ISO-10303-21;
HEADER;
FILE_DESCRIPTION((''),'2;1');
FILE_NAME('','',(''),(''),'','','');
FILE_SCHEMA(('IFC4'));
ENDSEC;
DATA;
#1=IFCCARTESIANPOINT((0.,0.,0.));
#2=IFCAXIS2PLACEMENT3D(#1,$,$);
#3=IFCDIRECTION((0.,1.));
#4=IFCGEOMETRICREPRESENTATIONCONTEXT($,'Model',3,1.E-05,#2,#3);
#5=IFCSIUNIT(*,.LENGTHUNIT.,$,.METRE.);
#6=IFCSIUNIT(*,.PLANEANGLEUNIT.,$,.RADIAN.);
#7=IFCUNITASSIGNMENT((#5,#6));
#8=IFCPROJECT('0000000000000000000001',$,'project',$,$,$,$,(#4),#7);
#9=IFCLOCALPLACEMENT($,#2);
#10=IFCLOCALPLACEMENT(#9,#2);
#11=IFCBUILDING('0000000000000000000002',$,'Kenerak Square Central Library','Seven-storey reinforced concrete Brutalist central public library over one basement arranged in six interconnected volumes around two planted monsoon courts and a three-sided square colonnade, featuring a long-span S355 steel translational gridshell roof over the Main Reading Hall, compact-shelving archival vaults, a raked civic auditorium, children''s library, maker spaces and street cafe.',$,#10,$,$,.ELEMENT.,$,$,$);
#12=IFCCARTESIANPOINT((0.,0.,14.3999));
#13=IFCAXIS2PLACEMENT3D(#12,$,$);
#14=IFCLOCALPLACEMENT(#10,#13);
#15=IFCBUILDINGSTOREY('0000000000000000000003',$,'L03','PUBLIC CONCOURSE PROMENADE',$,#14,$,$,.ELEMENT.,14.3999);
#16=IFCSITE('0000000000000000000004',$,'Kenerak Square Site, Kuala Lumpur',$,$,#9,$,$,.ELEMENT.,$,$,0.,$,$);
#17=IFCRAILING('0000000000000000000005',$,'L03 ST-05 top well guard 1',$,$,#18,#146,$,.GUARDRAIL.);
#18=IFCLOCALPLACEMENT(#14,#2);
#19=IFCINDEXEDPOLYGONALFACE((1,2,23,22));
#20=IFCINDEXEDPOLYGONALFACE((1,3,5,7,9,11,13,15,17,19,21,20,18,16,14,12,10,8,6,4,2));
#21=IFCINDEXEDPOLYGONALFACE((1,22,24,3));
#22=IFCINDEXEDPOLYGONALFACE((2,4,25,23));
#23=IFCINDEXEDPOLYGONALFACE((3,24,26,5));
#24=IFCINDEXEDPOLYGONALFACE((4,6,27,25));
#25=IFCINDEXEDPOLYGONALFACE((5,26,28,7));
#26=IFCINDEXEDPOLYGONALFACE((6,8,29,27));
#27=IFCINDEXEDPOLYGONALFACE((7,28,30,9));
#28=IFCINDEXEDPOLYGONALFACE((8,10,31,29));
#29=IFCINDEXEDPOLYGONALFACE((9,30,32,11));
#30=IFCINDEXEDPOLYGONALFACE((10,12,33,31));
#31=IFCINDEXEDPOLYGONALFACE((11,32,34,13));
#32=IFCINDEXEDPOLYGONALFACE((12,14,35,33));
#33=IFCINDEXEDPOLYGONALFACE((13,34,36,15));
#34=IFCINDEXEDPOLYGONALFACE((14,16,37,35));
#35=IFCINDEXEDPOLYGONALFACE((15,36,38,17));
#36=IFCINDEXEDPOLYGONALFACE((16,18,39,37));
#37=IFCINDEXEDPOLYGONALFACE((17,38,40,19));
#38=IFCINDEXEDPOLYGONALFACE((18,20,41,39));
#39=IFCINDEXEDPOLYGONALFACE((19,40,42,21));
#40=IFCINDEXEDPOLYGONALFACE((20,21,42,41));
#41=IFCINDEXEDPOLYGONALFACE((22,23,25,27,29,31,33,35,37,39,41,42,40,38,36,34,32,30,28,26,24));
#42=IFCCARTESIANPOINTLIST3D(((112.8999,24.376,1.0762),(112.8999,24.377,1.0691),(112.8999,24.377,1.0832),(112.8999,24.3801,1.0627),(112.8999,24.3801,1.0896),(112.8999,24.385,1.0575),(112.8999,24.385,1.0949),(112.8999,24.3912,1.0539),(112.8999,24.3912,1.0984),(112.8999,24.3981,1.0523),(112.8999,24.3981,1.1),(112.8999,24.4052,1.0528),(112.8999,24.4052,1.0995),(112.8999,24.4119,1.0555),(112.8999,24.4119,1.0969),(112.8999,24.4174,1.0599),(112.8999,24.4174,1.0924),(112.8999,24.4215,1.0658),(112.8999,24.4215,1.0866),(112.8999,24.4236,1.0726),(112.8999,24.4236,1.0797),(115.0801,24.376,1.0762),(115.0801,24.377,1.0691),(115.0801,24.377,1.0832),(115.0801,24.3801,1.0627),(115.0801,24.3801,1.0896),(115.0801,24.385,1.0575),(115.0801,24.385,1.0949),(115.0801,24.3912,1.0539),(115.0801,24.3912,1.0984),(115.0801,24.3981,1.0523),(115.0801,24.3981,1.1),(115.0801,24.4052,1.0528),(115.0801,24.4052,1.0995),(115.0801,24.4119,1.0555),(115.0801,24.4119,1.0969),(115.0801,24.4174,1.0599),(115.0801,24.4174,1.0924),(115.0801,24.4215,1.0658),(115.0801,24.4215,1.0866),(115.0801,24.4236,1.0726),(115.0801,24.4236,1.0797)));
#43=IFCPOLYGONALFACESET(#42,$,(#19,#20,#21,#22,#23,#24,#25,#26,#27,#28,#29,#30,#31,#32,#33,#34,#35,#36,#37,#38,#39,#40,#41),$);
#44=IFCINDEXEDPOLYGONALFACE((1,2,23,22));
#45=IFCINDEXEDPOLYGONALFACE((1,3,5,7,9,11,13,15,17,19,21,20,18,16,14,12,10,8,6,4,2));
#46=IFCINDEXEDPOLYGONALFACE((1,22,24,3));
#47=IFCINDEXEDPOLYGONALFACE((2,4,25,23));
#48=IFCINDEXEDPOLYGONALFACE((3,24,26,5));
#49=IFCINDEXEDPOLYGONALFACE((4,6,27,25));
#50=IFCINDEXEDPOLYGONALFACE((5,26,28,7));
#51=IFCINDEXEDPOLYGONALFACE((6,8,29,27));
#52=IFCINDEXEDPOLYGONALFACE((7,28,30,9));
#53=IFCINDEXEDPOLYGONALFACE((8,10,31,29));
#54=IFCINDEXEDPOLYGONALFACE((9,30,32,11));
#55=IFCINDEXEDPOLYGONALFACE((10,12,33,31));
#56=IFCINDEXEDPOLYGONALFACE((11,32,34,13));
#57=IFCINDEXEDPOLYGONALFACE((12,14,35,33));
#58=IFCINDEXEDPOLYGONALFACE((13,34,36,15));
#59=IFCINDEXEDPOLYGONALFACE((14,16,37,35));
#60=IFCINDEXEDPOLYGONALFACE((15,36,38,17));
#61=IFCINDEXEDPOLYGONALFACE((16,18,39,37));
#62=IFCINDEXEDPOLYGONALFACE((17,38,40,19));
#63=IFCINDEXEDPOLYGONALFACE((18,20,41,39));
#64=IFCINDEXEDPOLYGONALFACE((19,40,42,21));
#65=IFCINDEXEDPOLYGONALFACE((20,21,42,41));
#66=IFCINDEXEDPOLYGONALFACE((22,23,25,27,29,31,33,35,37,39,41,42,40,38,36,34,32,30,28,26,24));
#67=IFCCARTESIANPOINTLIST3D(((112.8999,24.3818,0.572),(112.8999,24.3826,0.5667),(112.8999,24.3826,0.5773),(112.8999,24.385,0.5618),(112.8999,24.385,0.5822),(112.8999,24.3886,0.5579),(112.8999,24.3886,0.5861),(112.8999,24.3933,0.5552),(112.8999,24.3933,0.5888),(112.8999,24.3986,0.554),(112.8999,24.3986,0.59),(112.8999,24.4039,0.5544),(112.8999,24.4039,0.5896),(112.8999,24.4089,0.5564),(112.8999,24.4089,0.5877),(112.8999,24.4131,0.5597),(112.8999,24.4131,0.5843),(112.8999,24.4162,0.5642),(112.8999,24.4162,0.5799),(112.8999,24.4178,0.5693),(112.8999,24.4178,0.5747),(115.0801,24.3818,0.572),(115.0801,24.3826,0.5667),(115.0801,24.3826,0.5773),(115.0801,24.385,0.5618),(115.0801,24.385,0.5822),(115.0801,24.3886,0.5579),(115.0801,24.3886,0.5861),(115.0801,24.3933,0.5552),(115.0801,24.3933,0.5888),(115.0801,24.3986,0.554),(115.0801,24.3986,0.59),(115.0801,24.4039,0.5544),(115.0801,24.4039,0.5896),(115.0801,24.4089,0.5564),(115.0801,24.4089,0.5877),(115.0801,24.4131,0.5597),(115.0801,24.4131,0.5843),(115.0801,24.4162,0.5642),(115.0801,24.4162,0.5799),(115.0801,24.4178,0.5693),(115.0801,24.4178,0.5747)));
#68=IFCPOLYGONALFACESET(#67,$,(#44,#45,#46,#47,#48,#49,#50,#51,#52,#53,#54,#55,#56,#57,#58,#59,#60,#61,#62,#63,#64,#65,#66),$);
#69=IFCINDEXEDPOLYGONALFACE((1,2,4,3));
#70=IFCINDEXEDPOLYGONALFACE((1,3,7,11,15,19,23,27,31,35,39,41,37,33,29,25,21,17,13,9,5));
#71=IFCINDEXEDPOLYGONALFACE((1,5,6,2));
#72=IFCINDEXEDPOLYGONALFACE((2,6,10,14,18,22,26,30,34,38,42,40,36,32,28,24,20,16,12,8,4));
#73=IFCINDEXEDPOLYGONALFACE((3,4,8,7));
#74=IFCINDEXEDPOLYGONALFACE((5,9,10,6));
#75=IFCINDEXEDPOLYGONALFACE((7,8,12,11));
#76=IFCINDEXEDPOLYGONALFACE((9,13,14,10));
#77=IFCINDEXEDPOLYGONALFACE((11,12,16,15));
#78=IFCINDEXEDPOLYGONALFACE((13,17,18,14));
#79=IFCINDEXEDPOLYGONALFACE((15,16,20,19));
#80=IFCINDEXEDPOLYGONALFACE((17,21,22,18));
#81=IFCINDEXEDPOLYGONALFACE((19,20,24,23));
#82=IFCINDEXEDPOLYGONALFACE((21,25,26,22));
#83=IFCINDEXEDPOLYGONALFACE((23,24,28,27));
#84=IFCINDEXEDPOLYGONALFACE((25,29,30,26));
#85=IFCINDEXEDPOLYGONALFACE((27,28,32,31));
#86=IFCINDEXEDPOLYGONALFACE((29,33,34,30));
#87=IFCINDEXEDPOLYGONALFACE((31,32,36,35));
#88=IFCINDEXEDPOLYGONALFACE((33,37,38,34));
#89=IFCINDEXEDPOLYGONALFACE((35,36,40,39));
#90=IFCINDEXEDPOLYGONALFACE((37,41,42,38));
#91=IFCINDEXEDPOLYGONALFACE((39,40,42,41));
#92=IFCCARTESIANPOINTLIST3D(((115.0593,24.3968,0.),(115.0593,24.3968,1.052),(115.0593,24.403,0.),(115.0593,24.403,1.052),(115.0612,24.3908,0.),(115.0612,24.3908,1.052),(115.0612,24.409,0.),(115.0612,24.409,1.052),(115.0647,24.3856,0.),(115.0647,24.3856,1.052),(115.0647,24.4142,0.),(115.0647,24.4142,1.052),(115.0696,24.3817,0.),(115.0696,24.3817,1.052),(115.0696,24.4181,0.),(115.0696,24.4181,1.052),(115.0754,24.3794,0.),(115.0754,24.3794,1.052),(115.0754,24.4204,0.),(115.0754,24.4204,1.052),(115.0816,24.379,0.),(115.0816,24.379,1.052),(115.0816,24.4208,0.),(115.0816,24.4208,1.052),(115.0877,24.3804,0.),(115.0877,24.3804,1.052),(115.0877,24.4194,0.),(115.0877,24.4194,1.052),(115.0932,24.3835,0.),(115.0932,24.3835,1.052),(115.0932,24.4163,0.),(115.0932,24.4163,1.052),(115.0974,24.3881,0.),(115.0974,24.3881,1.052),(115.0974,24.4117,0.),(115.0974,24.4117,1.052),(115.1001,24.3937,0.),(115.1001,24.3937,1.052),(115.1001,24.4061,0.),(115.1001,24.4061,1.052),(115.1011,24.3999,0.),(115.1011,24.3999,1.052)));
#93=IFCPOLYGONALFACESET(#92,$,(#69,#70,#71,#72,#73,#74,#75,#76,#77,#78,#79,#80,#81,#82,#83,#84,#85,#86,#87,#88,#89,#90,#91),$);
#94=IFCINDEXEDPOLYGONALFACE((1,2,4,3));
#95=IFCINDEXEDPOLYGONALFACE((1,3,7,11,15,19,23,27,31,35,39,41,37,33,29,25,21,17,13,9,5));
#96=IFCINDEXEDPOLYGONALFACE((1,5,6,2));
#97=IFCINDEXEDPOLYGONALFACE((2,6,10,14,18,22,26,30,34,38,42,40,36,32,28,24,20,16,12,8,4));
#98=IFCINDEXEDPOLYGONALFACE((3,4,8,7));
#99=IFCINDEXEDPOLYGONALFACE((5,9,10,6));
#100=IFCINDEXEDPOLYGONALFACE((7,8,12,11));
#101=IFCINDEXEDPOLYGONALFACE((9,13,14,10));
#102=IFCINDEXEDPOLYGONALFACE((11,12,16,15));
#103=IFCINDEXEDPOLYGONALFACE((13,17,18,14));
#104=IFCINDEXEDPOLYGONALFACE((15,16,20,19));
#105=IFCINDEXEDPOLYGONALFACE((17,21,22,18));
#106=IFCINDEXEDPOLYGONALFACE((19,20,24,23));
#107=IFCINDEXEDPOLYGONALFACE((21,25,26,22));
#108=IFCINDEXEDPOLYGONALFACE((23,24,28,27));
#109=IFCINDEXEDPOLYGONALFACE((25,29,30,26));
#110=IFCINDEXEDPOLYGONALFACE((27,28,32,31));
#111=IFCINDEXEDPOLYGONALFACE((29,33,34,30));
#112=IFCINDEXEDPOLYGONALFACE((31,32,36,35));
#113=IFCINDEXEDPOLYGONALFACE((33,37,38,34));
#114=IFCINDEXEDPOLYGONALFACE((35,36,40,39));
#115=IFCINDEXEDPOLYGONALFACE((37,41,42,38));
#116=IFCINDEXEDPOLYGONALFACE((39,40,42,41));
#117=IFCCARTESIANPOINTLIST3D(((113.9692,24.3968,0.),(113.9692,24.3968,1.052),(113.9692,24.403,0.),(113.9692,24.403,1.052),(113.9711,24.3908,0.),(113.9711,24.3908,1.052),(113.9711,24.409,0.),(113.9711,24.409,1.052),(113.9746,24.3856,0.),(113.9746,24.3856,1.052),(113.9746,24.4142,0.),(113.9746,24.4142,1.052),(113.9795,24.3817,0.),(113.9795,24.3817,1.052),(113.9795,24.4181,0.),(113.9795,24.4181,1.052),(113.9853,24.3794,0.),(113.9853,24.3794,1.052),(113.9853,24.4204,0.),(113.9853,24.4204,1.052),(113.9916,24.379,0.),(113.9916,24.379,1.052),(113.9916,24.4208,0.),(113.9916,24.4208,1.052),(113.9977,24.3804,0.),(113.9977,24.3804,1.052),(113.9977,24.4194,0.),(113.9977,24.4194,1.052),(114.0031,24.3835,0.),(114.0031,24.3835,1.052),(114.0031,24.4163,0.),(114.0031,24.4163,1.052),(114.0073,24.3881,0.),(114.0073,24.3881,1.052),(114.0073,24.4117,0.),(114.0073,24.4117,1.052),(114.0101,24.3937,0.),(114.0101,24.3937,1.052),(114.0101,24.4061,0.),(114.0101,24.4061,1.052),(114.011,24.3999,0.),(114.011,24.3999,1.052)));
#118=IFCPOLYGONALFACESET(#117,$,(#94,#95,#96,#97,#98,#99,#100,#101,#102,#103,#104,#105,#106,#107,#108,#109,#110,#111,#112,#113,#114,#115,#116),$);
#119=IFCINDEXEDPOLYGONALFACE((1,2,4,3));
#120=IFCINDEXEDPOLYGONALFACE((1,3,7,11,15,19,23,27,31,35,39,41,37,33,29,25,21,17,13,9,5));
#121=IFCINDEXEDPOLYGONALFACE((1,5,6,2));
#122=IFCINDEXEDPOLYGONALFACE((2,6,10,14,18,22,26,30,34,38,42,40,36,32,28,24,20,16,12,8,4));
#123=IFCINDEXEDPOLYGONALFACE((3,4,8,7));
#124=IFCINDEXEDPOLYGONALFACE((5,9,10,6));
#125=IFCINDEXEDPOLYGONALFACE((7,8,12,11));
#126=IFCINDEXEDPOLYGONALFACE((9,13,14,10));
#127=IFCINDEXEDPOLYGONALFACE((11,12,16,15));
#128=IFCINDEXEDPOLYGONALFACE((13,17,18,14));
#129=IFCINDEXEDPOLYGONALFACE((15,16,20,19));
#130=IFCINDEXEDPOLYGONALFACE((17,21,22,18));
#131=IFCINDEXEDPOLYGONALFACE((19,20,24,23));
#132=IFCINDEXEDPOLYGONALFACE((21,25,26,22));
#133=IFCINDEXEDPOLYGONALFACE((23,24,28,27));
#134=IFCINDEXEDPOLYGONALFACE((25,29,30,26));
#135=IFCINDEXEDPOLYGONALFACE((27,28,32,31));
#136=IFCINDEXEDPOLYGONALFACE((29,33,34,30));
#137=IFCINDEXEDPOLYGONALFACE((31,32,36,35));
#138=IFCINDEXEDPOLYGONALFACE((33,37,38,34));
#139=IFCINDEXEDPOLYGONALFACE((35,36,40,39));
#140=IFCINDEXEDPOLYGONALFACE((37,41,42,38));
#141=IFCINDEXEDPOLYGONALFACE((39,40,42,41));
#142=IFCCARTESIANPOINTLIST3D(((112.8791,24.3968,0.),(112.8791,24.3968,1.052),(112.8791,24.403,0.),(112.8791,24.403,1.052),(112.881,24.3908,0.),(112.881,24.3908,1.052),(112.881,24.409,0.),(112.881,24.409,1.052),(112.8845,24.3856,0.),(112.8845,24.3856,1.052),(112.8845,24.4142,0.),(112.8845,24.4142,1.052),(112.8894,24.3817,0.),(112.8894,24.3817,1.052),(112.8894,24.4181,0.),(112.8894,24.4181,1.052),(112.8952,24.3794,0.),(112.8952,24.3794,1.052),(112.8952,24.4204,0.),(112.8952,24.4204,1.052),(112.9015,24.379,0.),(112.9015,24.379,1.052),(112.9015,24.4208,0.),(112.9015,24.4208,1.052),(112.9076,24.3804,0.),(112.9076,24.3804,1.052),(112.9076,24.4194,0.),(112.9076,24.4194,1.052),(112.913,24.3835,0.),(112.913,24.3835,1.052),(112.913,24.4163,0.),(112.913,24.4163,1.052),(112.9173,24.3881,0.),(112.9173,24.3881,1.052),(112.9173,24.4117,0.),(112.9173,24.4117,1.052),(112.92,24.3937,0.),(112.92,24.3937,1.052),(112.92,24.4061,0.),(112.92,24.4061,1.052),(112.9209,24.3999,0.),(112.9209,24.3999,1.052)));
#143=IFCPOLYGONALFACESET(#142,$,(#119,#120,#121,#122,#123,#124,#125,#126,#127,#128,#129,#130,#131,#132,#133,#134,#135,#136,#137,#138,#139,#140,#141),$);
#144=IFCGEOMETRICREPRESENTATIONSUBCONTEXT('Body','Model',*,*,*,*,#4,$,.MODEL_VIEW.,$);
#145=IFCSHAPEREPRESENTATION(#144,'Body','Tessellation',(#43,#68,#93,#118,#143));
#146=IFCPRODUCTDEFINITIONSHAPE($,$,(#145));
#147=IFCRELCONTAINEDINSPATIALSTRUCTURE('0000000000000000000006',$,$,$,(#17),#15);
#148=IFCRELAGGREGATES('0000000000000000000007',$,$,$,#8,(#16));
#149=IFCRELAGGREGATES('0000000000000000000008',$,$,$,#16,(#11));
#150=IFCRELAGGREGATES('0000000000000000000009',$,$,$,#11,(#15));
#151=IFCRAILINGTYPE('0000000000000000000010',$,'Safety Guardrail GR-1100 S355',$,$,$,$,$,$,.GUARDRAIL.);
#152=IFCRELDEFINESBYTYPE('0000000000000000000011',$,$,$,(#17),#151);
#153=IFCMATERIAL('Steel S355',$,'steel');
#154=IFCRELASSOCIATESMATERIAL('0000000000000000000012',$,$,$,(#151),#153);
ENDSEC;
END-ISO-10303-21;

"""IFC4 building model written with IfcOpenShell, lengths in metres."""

from ifc_helpers import new_model, si_unit, direction, frame, origin, origin_2d, place, context, subcontext, project, spatial, circle, extrude, material, type_object, element, save


model = new_model("IFC4")

# Units and contexts
model_context = context("Model", 3, precision=1e-05, world=origin(), true_north=direction((0.0, 1.0)))
body_context = subcontext(model_context, "Body", "Model", "MODEL_VIEW")
ifc_project = project(units=[si_unit("LENGTHUNIT", "METRE"), si_unit("PLANEANGLEUNIT", "RADIAN")], contexts=[model_context])

# Site, building, storey
site_placement = place(None, origin())
site = spatial("IfcSite", under=ifc_project, at=site_placement, Name="Kenerak Square Site, Kuala Lumpur", CompositionType="ELEMENT", RefElevation=0.0)
building_placement = place(site_placement, origin())
building = spatial("IfcBuilding", under=site, at=building_placement, Name="Kenerak Square Central Library", Description="Seven-storey reinforced concrete Brutalist central public library over one basement arranged in six interconnected volumes around two planted monsoon courts and a three-sided square colonnade, featuring a long-span S355 steel translational gridshell roof over the Main Reading Hall, compact-shelving archival vaults, a raked civic auditorium, children's library, maker spaces and street cafe.", CompositionType="ELEMENT")
storey_placement = place(building_placement, frame((0.0, 0.0, 14.3999)))
storey = spatial("IfcBuildingStorey", under=building, at=storey_placement, Name="L03", Description="PUBLIC CONCOURSE PROMENADE", CompositionType="ELEMENT", Elevation=14.3999)

# Shared definitions
ifc_material_1 = material(Name="Steel S355", Category="steel")

# Railing
railing_type_1 = type_object("IfcRailingType", Name="Safety Guardrail GR-1100 S355", PredefinedType="GUARDRAIL", material=ifc_material_1)
railing_1_placement = place(storey_placement, frame((115.0801, 24.3999, 0.0)))
element("IfcRailing", 1, at=railing_1_placement, inside=storey, type_object=railing_type_1, Name="L03 ST-05 top well guard 1", PredefinedType="GUARDRAIL", context=body_context, shape_type="SweptSolid", body=[
    extrude(circle(Radius=0.0239, at=origin_2d()), frame((0.0, 0.0, 1.0762), z_axis=(-1.0, 0.0, 0.0), x_axis=(0.0, -1.0, 0.0)), (0.0, 0.0, 1.0), 2.1802),
    extrude(circle(Radius=0.0181, at=origin_2d()), frame((0.0, 0.0, 0.572), z_axis=(-1.0, 0.0, 0.0), x_axis=(0.0, -1.0, 0.0)), (0.0, 0.0, 1.0), 2.1802),
    extrude(circle(Radius=0.021, at=origin_2d()), origin(), (0.0, 0.0, 1.0), 1.052),
    extrude(circle(Radius=0.021, at=origin_2d()), frame((-1.0901, 0.0, 0.0)), (0.0, 0.0, 1.0), 1.052),
    extrude(circle(Radius=0.021, at=origin_2d()), frame((-2.1802, 0.0, 0.0)), (0.0, 0.0, 1.0), 1.052),
])

save(model, "model.ifc")
